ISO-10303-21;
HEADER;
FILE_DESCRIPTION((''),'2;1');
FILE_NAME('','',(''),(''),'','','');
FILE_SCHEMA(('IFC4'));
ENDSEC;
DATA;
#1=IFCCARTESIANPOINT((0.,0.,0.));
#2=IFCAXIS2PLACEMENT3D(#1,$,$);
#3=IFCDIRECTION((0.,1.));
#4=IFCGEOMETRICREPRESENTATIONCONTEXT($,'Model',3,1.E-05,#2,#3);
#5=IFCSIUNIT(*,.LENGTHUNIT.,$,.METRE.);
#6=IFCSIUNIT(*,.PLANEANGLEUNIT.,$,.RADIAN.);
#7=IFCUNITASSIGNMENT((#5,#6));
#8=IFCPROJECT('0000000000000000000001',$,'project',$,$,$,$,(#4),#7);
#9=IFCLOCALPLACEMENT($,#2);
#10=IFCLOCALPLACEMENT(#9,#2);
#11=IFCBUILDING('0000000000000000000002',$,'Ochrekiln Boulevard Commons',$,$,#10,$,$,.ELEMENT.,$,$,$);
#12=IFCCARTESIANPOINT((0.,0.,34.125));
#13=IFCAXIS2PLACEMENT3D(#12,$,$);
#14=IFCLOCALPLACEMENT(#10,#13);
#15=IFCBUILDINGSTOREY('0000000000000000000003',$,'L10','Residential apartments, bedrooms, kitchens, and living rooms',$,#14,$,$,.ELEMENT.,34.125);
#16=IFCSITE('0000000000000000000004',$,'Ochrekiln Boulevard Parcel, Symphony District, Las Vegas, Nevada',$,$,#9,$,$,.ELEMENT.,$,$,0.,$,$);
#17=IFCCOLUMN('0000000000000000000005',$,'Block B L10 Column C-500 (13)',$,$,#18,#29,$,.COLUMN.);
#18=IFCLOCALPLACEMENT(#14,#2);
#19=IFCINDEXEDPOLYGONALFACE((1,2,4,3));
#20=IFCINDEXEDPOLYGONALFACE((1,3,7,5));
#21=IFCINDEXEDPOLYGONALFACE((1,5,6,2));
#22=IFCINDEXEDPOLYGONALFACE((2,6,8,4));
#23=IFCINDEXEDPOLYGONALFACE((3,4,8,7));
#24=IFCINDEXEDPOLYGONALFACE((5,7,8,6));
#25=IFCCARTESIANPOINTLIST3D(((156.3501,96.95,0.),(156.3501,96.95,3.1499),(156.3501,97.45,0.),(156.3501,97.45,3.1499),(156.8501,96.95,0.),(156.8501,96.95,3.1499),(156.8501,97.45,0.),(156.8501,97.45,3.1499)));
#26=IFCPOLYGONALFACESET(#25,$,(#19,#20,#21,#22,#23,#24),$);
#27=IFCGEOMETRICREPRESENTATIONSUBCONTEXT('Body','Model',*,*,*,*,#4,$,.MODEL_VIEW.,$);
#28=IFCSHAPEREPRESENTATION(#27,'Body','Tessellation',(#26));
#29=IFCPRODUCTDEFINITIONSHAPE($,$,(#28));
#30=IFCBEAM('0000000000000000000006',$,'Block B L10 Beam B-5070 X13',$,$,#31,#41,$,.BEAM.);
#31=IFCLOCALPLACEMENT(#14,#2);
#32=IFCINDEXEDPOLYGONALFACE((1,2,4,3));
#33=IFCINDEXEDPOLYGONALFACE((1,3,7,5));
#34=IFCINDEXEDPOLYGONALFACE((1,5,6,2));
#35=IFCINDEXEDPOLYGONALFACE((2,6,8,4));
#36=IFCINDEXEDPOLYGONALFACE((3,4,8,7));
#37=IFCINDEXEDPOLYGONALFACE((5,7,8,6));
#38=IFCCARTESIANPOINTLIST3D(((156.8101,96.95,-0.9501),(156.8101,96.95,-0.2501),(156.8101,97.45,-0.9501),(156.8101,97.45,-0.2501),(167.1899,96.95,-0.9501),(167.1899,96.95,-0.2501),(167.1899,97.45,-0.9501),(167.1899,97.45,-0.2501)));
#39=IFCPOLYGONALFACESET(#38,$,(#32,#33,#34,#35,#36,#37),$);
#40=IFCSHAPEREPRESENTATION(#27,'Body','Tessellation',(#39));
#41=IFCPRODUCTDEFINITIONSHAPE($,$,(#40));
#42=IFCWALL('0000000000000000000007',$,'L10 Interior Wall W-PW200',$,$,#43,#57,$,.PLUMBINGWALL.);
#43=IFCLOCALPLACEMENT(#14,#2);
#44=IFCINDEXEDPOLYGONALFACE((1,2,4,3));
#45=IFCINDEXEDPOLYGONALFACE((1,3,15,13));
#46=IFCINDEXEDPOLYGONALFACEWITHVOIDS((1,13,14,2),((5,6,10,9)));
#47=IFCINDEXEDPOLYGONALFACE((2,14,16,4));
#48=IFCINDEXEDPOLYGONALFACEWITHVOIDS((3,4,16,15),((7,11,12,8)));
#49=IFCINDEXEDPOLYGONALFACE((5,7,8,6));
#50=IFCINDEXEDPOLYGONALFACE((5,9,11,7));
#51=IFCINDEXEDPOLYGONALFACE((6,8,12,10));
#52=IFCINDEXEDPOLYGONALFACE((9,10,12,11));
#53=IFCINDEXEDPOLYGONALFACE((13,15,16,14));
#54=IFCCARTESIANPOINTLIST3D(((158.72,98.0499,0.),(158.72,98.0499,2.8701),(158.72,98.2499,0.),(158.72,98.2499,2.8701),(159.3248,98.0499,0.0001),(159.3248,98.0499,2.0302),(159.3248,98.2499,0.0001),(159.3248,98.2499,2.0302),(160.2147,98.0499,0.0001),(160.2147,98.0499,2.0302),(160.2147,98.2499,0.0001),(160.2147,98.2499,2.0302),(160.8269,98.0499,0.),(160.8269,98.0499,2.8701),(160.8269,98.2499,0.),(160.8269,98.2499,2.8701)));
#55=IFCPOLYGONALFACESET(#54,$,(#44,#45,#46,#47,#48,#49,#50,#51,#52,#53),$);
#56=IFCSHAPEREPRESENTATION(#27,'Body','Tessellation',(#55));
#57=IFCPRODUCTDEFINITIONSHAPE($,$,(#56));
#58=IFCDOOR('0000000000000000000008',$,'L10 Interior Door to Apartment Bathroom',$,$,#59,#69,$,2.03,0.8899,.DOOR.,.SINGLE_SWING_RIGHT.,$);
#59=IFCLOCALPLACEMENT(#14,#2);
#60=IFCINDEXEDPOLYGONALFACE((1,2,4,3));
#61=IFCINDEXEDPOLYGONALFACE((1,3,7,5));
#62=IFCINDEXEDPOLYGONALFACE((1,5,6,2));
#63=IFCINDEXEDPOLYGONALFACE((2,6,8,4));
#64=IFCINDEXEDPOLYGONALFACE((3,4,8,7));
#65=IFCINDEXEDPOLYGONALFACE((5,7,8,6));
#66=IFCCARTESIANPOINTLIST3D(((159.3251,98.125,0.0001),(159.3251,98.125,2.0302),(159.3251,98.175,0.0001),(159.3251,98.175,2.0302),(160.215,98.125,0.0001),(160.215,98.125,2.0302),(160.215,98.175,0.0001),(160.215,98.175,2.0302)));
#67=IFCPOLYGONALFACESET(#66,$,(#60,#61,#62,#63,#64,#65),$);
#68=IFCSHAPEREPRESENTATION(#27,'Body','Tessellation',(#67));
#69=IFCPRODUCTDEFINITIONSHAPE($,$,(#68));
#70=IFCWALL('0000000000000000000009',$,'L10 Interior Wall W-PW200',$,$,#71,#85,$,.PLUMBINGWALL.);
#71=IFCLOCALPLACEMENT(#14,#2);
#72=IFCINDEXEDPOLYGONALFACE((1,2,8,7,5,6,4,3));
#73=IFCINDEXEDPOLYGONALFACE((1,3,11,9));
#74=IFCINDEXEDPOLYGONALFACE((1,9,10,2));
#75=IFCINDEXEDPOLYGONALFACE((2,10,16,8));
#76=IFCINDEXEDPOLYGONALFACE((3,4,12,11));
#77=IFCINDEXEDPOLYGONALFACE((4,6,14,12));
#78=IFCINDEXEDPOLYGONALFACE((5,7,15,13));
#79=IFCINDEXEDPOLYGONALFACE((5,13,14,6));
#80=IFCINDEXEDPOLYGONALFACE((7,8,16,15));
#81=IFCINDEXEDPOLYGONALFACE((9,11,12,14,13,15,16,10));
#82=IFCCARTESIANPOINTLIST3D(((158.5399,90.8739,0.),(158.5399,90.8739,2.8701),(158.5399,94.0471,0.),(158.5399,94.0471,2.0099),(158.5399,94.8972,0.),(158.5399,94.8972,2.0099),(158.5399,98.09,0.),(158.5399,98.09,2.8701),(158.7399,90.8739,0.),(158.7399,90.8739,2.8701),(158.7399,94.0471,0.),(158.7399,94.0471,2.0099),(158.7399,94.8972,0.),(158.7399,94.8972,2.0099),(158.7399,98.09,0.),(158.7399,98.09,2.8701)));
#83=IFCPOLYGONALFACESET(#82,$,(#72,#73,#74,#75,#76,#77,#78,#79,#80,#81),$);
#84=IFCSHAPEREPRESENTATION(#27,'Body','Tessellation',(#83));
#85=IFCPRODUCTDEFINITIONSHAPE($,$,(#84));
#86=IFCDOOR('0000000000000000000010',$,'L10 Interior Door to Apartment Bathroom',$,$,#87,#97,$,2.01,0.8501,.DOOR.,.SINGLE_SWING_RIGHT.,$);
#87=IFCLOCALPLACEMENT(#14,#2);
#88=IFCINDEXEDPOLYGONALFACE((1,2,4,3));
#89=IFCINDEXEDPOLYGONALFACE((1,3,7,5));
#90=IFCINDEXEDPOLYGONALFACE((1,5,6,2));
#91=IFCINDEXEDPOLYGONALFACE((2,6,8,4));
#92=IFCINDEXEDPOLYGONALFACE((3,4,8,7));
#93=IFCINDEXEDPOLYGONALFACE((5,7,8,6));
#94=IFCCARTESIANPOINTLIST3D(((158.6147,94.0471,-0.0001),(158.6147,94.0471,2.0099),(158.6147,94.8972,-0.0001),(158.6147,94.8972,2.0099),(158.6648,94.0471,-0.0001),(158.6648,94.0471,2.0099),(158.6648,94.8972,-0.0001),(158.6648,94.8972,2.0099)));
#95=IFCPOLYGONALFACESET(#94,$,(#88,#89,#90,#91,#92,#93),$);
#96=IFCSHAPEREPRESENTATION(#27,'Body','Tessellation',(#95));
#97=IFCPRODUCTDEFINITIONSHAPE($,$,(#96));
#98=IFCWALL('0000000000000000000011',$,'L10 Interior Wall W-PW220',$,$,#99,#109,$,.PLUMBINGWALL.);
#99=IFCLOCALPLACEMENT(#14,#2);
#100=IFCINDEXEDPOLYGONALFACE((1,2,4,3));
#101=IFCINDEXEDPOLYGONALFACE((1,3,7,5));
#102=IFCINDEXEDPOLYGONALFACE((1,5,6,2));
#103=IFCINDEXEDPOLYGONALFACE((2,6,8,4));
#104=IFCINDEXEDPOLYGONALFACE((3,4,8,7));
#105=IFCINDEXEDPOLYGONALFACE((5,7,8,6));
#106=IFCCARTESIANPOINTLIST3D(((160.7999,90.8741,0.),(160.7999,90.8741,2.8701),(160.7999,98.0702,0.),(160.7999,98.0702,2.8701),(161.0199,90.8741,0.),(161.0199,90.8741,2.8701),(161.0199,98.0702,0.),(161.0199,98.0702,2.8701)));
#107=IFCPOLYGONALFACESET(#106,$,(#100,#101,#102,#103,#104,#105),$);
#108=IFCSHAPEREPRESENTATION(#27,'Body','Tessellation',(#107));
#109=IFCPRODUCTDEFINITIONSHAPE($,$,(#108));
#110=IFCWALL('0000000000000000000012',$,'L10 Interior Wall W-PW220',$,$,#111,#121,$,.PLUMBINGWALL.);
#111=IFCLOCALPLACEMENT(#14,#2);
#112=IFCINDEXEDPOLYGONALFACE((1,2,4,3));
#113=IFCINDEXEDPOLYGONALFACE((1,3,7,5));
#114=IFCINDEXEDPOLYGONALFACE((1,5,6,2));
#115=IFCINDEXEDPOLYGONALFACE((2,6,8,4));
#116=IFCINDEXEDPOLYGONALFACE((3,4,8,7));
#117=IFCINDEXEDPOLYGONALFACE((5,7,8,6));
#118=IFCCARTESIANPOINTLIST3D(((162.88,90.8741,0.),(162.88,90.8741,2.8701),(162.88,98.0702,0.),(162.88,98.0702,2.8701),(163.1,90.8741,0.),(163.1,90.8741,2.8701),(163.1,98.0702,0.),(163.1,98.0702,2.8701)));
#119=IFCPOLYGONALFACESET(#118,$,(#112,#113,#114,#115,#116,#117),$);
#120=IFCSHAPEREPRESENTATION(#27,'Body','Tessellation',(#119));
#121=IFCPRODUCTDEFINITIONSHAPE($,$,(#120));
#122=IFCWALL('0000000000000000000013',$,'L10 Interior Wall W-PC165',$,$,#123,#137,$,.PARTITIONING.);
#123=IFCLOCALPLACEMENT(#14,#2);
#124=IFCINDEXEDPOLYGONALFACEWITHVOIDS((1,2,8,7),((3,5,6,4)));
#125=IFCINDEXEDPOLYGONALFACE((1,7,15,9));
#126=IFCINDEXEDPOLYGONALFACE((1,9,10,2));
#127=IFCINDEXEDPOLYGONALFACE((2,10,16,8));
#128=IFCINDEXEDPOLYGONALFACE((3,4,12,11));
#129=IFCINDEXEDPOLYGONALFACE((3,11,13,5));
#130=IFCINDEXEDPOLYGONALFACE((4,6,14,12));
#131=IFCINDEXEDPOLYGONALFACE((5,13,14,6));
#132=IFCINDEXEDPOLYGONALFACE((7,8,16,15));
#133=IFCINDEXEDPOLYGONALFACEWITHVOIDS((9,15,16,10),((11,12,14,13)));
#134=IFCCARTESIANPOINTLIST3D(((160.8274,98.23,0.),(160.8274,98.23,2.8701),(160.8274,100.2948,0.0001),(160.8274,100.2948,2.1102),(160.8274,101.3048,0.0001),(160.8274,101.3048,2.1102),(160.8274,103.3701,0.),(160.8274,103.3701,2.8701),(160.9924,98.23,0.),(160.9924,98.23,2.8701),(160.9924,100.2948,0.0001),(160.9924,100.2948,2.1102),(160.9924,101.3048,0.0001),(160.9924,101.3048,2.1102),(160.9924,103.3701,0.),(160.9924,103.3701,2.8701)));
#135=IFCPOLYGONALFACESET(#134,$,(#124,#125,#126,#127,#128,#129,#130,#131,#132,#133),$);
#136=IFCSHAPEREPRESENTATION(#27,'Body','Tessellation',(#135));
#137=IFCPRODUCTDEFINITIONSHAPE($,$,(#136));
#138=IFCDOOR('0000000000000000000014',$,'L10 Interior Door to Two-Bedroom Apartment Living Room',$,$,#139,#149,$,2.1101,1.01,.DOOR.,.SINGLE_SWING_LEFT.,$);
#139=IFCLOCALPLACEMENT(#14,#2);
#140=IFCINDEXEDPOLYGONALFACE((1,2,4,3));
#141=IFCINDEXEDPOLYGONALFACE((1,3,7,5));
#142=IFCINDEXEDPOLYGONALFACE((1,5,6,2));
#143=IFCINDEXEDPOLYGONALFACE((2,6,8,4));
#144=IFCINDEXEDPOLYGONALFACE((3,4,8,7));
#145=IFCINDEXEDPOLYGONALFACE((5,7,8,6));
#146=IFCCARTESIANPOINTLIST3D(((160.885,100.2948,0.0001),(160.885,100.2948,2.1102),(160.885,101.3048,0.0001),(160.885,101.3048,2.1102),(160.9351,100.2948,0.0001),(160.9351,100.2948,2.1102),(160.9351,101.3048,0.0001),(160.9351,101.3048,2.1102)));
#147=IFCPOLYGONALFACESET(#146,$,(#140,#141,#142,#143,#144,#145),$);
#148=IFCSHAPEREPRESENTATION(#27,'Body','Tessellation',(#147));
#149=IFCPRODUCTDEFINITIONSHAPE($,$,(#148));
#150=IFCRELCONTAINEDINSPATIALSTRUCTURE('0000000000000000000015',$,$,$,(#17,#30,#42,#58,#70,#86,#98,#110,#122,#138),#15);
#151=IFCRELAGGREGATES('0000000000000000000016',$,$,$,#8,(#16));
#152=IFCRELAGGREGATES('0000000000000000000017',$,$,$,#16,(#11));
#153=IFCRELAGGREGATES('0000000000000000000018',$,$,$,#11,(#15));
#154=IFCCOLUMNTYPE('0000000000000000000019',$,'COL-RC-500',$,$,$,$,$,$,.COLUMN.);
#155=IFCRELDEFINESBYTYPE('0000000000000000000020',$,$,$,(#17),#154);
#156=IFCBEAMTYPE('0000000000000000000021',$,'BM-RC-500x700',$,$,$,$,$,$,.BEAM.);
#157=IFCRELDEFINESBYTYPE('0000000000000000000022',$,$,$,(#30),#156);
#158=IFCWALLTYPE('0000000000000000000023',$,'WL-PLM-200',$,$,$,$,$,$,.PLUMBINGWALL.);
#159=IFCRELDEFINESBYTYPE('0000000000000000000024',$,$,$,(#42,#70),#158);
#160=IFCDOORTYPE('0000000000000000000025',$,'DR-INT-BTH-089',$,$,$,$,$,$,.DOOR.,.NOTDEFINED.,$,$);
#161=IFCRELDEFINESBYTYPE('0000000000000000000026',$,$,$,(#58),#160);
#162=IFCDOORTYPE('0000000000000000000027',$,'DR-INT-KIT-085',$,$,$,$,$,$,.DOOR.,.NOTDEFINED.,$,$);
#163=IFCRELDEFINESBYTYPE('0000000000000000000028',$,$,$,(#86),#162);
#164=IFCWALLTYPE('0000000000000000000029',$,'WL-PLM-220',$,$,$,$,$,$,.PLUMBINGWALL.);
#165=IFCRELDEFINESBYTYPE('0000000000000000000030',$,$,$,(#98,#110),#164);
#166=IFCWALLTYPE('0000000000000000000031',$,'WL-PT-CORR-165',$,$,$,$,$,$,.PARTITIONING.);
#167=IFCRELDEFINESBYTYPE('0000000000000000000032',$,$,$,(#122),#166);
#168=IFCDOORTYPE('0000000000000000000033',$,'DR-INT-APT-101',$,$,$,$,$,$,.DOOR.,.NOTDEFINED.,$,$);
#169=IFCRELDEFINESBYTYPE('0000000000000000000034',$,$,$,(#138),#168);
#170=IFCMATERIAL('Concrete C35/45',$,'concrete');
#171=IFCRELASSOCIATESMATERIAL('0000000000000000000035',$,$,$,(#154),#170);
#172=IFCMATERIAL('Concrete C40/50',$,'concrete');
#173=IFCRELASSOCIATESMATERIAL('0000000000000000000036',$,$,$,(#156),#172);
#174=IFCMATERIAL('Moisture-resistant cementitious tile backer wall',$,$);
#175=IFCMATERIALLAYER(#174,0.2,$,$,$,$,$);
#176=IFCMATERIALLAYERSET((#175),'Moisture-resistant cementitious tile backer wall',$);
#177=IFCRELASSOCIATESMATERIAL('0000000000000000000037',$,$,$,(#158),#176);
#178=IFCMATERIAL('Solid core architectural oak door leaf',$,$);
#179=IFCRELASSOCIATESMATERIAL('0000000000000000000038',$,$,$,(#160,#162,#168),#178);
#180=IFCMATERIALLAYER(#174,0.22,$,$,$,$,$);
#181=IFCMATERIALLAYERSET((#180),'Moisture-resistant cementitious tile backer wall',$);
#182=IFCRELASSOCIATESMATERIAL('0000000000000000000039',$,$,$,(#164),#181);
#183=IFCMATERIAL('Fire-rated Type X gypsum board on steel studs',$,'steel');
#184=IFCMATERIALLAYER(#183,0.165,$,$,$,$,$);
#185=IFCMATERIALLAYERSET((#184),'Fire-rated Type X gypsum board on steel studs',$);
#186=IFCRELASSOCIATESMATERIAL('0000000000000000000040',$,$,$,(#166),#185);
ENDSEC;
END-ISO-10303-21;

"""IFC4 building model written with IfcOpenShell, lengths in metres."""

from ifc_helpers import new_model, si_unit, direction, frame, frame_2d, origin, origin_2d, place, context, subcontext, project, spatial, rectangle, extrude, material, layer, layer_set, material_profile, profile_set, type_object, element, fill, save


model = new_model("IFC4")

# Units and contexts
model_context = context("Model", 3, precision=1e-05, world=origin(), true_north=direction((0.0, 1.0)))
body_context = subcontext(model_context, "Body", "Model", "MODEL_VIEW")
ifc_project = project(units=[si_unit("LENGTHUNIT", "METRE"), si_unit("PLANEANGLEUNIT", "RADIAN")], contexts=[model_context])

# Site, building, storey
site_placement = place(None, origin())
site = spatial("IfcSite", under=ifc_project, at=site_placement, Name="Ochrekiln Boulevard Parcel, Symphony District, Las Vegas, Nevada", CompositionType="ELEMENT", RefElevation=0.0)
building_placement = place(site_placement, origin())
building = spatial("IfcBuilding", under=site, at=building_placement, Name="Ochrekiln Boulevard Commons", CompositionType="ELEMENT")
storey_placement = place(building_placement, frame((0.0, 0.0, 34.125)))
storey = spatial("IfcBuildingStorey", under=building, at=storey_placement, Name="L10", Description="Residential apartments, bedrooms, kitchens, and living rooms", CompositionType="ELEMENT", Elevation=34.125)

# Column
ifc_material_1 = material(Name="Concrete C35/45", Category="concrete")
ifc_material_profile_1 = material_profile(ifc_material_1, rectangle(XDim=0.5, YDim=0.5, at=origin_2d()), Name="RC-COL-500x500")
ifc_profile_set_1 = profile_set([ifc_material_profile_1], Name="Concrete C35/45")
column_type = type_object("IfcColumnType", Name="COL-RC-500", PredefinedType="COLUMN", material=ifc_profile_set_1)
column_placement = place(storey_placement, frame((156.6001, 97.2, 0.0), z_axis=(0.0, 0.0, 1.0), x_axis=(1.0, 0.0, 0.0)))
element("IfcColumn", 1, at=column_placement, inside=storey, type_object=column_type, Name="Block B L10 Column C-500 (13)", PredefinedType="COLUMN", context=body_context, shape_type="SweptSolid", body=[
    extrude(rectangle(XDim=0.5, YDim=0.5, at=origin_2d()), origin(), (0.0, 0.0, 1.0), 3.1499),
])

# Beam
ifc_material_2 = material(Name="Concrete C40/50", Category="concrete")
ifc_material_profile_2 = material_profile(ifc_material_2, rectangle(XDim=0.5, YDim=0.7, at=origin_2d()), Name="RC-BM-500x700")
ifc_profile_set_2 = profile_set([ifc_material_profile_2], Name="Concrete C40/50")
beam_type = type_object("IfcBeamType", Name="BM-RC-500x700", PredefinedType="BEAM", material=ifc_profile_set_2)
beam_placement = place(storey_placement, frame((156.8101, 97.2, -0.6001), z_axis=(1.0, 0.0, 0.0), x_axis=(0.0, 1.0, 0.0)))
element("IfcBeam", 2, at=beam_placement, inside=storey, type_object=beam_type, Name="Block B L10 Beam B-5070 X13", PredefinedType="BEAM", context=body_context, shape_type="SweptSolid", body=[
    extrude(rectangle(XDim=0.5, YDim=0.7, at=origin_2d()), origin(), (0.0, 0.0, 1.0), 10.3799),
])

# Walls, openings, doors
ifc_material_3 = material(Name="Moisture-resistant cementitious tile backer wall")
ifc_layer_1 = layer(ifc_material_3, 0.2)
ifc_layer_set_1 = layer_set([ifc_layer_1], Name="Moisture-resistant cementitious tile backer wall")
wall_type_1 = type_object("IfcWallType", Name="WL-PLM-200", PredefinedType="PLUMBINGWALL", material=ifc_layer_set_1)
wall_1_placement = place(storey_placement, frame((158.72, 98.1499, 0.0), z_axis=(0.0, 0.0, 1.0), x_axis=(1.0, 0.0, 0.0)))
wall_1 = element("IfcWall", 3, at=wall_1_placement, inside=storey, type_object=wall_type_1, Name="L10 Interior Wall W-PW200", PredefinedType="PLUMBINGWALL", context=body_context, shape_type="SweptSolid", body=[
    extrude(rectangle(XDim=2.1069, YDim=0.2, at=frame_2d((1.0535, 0.0))), origin(), (0.0, 0.0, 1.0), 2.8701),
])
opening_1_placement = place(wall_1_placement, frame((0.605, 0.0, 0.0)))
opening_1 = element("IfcOpeningElement", 4, at=opening_1_placement, cuts=wall_1, PredefinedType="OPENING", context=body_context, shape_type="SweptSolid", body=[
    extrude(rectangle(XDim=0.8899, YDim=2.03, at=frame_2d((0.4448, 1.0151))), frame((0.0, 0.1099, 0.0), z_axis=(0.0, -1.0, 0.0), x_axis=(1.0, 0.0, 0.0)), (0.0, 0.0, 1.0), 0.22),
])
ifc_material_4 = material(Name="Solid core architectural oak door leaf")
door_type_1 = type_object("IfcDoorType", Name="DR-INT-BTH-089", OperationType="NOTDEFINED", PredefinedType="DOOR", material=ifc_material_4)
door_1_placement = place(opening_1_placement, frame((0.8899, 0.0, 0.0), z_axis=(0.0, 0.0, 1.0), x_axis=(-1.0, 0.0, 0.0)))
door_1 = element("IfcDoor", 5, at=door_1_placement, inside=storey, type_object=door_type_1, Name="L10 Interior Door to Apartment Bathroom", OperationType="SINGLE_SWING_RIGHT", OverallHeight=2.03, OverallWidth=0.8899, PredefinedType="DOOR", context=body_context, shape_type="SweptSolid", body=[
    extrude(rectangle(XDim=0.8899, YDim=2.03, at=frame_2d((0.4448, 1.0151))), frame((0.0, 0.0249, 0.0), z_axis=(0.0, -1.0, 0.0), x_axis=(1.0, 0.0, 0.0)), (0.0, 0.0, 1.0), 0.05),
])
fill(opening_1, door_1)
wall_2_placement = place(storey_placement, frame((158.6399, 90.874, 0.0), z_axis=(0.0, 0.0, 1.0), x_axis=(0.0, 1.0, 0.0)))
wall_2 = element("IfcWall", 6, at=wall_2_placement, inside=storey, type_object=wall_type_1, Name="L10 Interior Wall W-PW200", PredefinedType="PLUMBINGWALL", context=body_context, shape_type="SweptSolid", body=[
    extrude(rectangle(XDim=7.2161, YDim=0.2, at=frame_2d((3.6079, 0.0))), origin(), (0.0, 0.0, 1.0), 2.8701),
])
opening_2_placement = place(wall_2_placement, frame((3.1731, 0.0, 0.0)))
opening_2 = element("IfcOpeningElement", 7, at=opening_2_placement, cuts=wall_2, PredefinedType="OPENING", context=body_context, shape_type="SweptSolid", body=[
    extrude(rectangle(XDim=0.8501, YDim=2.01, at=frame_2d((0.425, 1.0049))), frame((0.0, 0.1099, 0.0), z_axis=(0.0, -1.0, 0.0), x_axis=(1.0, 0.0, 0.0)), (0.0, 0.0, 1.0), 0.22),
])
door_type_2 = type_object("IfcDoorType", Name="DR-INT-KIT-085", OperationType="NOTDEFINED", PredefinedType="DOOR", material=ifc_material_4)
door_2_placement = place(opening_2_placement, frame((0.8501, 0.0, 0.0), z_axis=(0.0, 0.0, 1.0), x_axis=(-1.0, 0.0, 0.0)))
door_2 = element("IfcDoor", 8, at=door_2_placement, inside=storey, type_object=door_type_2, Name="L10 Interior Door to Apartment Bathroom", OperationType="SINGLE_SWING_RIGHT", OverallHeight=2.01, OverallWidth=0.8501, PredefinedType="DOOR", context=body_context, shape_type="SweptSolid", body=[
    extrude(rectangle(XDim=0.8501, YDim=2.01, at=frame_2d((0.425, 1.0049))), frame((0.0, 0.0249, 0.0), z_axis=(0.0, -1.0, 0.0), x_axis=(1.0, 0.0, 0.0)), (0.0, 0.0, 1.0), 0.05),
])
fill(opening_2, door_2)

# Walls
ifc_layer_2 = layer(ifc_material_3, 0.22)
ifc_layer_set_2 = layer_set([ifc_layer_2], Name="Moisture-resistant cementitious tile backer wall")
wall_type_2 = type_object("IfcWallType", Name="WL-PLM-220", PredefinedType="PLUMBINGWALL", material=ifc_layer_set_2)
for number, where, z_axis, x_axis, name in (
    (9, (160.9099, 90.874, 0.0), (0.0, 0.0, 1.0), (0.0, 1.0, 0.0), "L10 Interior Wall W-PW220"),
    (10, (162.99, 90.874, 0.0), (0.0, 0.0, 1.0), (0.0, 1.0, 0.0), "L10 Interior Wall W-PW220"),
):
    element("IfcWall", number, at=place(storey_placement, frame(where, z_axis=z_axis, x_axis=x_axis)), inside=storey, type_object=wall_type_2, Name=name, PredefinedType="PLUMBINGWALL", context=body_context, shape_type="SweptSolid", body=[
        extrude(rectangle(XDim=7.196, YDim=0.22, at=frame_2d((3.5981, 0.0))), origin(), (0.0, 0.0, 1.0), 2.8701),
    ])

# Wall, opening, door
ifc_material_5 = material(Name="Fire-rated Type X gypsum board on steel studs", Category="steel")
ifc_layer_3 = layer(ifc_material_5, 0.165)
ifc_layer_set_3 = layer_set([ifc_layer_3], Name="Fire-rated Type X gypsum board on steel studs")
wall_type_3 = type_object("IfcWallType", Name="WL-PT-CORR-165", PredefinedType="PARTITIONING", material=ifc_layer_set_3)
wall_3_placement = place(storey_placement, frame((160.9099, 98.23, 0.0), z_axis=(0.0, 0.0, 1.0), x_axis=(0.0, 1.0, 0.0)))
wall_3 = element("IfcWall", 11, at=wall_3_placement, inside=storey, type_object=wall_type_3, Name="L10 Interior Wall W-PC165", PredefinedType="PARTITIONING", context=body_context, shape_type="SweptSolid", body=[
    extrude(rectangle(XDim=5.1401, YDim=0.165, at=frame_2d((2.5701, 0.0))), origin(), (0.0, 0.0, 1.0), 2.8701),
])
opening_3_placement = place(wall_3_placement, frame((2.0649, 0.0, 0.0)))
opening_3 = element("IfcOpeningElement", 12, at=opening_3_placement, cuts=wall_3, PredefinedType="OPENING", context=body_context, shape_type="SweptSolid", body=[
    extrude(rectangle(XDim=1.01, YDim=2.1101, at=frame_2d((0.5049, 1.0552))), frame((0.0, 0.0925, 0.0), z_axis=(0.0, -1.0, 0.0), x_axis=(1.0, 0.0, 0.0)), (0.0, 0.0, 1.0), 0.1851),
])
door_type_3 = type_object("IfcDoorType", Name="DR-INT-APT-101", OperationType="NOTDEFINED", PredefinedType="DOOR", material=ifc_material_4)
door_3_placement = place(opening_3_placement, origin())
door_3 = element("IfcDoor", 13, at=door_3_placement, inside=storey, type_object=door_type_3, Name="L10 Interior Door to Two-Bedroom Apartment Living Room", OperationType="SINGLE_SWING_LEFT", OverallHeight=2.1101, OverallWidth=1.01, PredefinedType="DOOR", context=body_context, shape_type="SweptSolid", body=[
    extrude(rectangle(XDim=1.01, YDim=2.1101, at=frame_2d((0.5049, 1.0552))), frame((0.0, 0.0249, 0.0), z_axis=(0.0, -1.0, 0.0), x_axis=(1.0, 0.0, 0.0)), (0.0, 0.0, 1.0), 0.05),
])
fill(opening_3, door_3)

save(model, "model.ifc")
